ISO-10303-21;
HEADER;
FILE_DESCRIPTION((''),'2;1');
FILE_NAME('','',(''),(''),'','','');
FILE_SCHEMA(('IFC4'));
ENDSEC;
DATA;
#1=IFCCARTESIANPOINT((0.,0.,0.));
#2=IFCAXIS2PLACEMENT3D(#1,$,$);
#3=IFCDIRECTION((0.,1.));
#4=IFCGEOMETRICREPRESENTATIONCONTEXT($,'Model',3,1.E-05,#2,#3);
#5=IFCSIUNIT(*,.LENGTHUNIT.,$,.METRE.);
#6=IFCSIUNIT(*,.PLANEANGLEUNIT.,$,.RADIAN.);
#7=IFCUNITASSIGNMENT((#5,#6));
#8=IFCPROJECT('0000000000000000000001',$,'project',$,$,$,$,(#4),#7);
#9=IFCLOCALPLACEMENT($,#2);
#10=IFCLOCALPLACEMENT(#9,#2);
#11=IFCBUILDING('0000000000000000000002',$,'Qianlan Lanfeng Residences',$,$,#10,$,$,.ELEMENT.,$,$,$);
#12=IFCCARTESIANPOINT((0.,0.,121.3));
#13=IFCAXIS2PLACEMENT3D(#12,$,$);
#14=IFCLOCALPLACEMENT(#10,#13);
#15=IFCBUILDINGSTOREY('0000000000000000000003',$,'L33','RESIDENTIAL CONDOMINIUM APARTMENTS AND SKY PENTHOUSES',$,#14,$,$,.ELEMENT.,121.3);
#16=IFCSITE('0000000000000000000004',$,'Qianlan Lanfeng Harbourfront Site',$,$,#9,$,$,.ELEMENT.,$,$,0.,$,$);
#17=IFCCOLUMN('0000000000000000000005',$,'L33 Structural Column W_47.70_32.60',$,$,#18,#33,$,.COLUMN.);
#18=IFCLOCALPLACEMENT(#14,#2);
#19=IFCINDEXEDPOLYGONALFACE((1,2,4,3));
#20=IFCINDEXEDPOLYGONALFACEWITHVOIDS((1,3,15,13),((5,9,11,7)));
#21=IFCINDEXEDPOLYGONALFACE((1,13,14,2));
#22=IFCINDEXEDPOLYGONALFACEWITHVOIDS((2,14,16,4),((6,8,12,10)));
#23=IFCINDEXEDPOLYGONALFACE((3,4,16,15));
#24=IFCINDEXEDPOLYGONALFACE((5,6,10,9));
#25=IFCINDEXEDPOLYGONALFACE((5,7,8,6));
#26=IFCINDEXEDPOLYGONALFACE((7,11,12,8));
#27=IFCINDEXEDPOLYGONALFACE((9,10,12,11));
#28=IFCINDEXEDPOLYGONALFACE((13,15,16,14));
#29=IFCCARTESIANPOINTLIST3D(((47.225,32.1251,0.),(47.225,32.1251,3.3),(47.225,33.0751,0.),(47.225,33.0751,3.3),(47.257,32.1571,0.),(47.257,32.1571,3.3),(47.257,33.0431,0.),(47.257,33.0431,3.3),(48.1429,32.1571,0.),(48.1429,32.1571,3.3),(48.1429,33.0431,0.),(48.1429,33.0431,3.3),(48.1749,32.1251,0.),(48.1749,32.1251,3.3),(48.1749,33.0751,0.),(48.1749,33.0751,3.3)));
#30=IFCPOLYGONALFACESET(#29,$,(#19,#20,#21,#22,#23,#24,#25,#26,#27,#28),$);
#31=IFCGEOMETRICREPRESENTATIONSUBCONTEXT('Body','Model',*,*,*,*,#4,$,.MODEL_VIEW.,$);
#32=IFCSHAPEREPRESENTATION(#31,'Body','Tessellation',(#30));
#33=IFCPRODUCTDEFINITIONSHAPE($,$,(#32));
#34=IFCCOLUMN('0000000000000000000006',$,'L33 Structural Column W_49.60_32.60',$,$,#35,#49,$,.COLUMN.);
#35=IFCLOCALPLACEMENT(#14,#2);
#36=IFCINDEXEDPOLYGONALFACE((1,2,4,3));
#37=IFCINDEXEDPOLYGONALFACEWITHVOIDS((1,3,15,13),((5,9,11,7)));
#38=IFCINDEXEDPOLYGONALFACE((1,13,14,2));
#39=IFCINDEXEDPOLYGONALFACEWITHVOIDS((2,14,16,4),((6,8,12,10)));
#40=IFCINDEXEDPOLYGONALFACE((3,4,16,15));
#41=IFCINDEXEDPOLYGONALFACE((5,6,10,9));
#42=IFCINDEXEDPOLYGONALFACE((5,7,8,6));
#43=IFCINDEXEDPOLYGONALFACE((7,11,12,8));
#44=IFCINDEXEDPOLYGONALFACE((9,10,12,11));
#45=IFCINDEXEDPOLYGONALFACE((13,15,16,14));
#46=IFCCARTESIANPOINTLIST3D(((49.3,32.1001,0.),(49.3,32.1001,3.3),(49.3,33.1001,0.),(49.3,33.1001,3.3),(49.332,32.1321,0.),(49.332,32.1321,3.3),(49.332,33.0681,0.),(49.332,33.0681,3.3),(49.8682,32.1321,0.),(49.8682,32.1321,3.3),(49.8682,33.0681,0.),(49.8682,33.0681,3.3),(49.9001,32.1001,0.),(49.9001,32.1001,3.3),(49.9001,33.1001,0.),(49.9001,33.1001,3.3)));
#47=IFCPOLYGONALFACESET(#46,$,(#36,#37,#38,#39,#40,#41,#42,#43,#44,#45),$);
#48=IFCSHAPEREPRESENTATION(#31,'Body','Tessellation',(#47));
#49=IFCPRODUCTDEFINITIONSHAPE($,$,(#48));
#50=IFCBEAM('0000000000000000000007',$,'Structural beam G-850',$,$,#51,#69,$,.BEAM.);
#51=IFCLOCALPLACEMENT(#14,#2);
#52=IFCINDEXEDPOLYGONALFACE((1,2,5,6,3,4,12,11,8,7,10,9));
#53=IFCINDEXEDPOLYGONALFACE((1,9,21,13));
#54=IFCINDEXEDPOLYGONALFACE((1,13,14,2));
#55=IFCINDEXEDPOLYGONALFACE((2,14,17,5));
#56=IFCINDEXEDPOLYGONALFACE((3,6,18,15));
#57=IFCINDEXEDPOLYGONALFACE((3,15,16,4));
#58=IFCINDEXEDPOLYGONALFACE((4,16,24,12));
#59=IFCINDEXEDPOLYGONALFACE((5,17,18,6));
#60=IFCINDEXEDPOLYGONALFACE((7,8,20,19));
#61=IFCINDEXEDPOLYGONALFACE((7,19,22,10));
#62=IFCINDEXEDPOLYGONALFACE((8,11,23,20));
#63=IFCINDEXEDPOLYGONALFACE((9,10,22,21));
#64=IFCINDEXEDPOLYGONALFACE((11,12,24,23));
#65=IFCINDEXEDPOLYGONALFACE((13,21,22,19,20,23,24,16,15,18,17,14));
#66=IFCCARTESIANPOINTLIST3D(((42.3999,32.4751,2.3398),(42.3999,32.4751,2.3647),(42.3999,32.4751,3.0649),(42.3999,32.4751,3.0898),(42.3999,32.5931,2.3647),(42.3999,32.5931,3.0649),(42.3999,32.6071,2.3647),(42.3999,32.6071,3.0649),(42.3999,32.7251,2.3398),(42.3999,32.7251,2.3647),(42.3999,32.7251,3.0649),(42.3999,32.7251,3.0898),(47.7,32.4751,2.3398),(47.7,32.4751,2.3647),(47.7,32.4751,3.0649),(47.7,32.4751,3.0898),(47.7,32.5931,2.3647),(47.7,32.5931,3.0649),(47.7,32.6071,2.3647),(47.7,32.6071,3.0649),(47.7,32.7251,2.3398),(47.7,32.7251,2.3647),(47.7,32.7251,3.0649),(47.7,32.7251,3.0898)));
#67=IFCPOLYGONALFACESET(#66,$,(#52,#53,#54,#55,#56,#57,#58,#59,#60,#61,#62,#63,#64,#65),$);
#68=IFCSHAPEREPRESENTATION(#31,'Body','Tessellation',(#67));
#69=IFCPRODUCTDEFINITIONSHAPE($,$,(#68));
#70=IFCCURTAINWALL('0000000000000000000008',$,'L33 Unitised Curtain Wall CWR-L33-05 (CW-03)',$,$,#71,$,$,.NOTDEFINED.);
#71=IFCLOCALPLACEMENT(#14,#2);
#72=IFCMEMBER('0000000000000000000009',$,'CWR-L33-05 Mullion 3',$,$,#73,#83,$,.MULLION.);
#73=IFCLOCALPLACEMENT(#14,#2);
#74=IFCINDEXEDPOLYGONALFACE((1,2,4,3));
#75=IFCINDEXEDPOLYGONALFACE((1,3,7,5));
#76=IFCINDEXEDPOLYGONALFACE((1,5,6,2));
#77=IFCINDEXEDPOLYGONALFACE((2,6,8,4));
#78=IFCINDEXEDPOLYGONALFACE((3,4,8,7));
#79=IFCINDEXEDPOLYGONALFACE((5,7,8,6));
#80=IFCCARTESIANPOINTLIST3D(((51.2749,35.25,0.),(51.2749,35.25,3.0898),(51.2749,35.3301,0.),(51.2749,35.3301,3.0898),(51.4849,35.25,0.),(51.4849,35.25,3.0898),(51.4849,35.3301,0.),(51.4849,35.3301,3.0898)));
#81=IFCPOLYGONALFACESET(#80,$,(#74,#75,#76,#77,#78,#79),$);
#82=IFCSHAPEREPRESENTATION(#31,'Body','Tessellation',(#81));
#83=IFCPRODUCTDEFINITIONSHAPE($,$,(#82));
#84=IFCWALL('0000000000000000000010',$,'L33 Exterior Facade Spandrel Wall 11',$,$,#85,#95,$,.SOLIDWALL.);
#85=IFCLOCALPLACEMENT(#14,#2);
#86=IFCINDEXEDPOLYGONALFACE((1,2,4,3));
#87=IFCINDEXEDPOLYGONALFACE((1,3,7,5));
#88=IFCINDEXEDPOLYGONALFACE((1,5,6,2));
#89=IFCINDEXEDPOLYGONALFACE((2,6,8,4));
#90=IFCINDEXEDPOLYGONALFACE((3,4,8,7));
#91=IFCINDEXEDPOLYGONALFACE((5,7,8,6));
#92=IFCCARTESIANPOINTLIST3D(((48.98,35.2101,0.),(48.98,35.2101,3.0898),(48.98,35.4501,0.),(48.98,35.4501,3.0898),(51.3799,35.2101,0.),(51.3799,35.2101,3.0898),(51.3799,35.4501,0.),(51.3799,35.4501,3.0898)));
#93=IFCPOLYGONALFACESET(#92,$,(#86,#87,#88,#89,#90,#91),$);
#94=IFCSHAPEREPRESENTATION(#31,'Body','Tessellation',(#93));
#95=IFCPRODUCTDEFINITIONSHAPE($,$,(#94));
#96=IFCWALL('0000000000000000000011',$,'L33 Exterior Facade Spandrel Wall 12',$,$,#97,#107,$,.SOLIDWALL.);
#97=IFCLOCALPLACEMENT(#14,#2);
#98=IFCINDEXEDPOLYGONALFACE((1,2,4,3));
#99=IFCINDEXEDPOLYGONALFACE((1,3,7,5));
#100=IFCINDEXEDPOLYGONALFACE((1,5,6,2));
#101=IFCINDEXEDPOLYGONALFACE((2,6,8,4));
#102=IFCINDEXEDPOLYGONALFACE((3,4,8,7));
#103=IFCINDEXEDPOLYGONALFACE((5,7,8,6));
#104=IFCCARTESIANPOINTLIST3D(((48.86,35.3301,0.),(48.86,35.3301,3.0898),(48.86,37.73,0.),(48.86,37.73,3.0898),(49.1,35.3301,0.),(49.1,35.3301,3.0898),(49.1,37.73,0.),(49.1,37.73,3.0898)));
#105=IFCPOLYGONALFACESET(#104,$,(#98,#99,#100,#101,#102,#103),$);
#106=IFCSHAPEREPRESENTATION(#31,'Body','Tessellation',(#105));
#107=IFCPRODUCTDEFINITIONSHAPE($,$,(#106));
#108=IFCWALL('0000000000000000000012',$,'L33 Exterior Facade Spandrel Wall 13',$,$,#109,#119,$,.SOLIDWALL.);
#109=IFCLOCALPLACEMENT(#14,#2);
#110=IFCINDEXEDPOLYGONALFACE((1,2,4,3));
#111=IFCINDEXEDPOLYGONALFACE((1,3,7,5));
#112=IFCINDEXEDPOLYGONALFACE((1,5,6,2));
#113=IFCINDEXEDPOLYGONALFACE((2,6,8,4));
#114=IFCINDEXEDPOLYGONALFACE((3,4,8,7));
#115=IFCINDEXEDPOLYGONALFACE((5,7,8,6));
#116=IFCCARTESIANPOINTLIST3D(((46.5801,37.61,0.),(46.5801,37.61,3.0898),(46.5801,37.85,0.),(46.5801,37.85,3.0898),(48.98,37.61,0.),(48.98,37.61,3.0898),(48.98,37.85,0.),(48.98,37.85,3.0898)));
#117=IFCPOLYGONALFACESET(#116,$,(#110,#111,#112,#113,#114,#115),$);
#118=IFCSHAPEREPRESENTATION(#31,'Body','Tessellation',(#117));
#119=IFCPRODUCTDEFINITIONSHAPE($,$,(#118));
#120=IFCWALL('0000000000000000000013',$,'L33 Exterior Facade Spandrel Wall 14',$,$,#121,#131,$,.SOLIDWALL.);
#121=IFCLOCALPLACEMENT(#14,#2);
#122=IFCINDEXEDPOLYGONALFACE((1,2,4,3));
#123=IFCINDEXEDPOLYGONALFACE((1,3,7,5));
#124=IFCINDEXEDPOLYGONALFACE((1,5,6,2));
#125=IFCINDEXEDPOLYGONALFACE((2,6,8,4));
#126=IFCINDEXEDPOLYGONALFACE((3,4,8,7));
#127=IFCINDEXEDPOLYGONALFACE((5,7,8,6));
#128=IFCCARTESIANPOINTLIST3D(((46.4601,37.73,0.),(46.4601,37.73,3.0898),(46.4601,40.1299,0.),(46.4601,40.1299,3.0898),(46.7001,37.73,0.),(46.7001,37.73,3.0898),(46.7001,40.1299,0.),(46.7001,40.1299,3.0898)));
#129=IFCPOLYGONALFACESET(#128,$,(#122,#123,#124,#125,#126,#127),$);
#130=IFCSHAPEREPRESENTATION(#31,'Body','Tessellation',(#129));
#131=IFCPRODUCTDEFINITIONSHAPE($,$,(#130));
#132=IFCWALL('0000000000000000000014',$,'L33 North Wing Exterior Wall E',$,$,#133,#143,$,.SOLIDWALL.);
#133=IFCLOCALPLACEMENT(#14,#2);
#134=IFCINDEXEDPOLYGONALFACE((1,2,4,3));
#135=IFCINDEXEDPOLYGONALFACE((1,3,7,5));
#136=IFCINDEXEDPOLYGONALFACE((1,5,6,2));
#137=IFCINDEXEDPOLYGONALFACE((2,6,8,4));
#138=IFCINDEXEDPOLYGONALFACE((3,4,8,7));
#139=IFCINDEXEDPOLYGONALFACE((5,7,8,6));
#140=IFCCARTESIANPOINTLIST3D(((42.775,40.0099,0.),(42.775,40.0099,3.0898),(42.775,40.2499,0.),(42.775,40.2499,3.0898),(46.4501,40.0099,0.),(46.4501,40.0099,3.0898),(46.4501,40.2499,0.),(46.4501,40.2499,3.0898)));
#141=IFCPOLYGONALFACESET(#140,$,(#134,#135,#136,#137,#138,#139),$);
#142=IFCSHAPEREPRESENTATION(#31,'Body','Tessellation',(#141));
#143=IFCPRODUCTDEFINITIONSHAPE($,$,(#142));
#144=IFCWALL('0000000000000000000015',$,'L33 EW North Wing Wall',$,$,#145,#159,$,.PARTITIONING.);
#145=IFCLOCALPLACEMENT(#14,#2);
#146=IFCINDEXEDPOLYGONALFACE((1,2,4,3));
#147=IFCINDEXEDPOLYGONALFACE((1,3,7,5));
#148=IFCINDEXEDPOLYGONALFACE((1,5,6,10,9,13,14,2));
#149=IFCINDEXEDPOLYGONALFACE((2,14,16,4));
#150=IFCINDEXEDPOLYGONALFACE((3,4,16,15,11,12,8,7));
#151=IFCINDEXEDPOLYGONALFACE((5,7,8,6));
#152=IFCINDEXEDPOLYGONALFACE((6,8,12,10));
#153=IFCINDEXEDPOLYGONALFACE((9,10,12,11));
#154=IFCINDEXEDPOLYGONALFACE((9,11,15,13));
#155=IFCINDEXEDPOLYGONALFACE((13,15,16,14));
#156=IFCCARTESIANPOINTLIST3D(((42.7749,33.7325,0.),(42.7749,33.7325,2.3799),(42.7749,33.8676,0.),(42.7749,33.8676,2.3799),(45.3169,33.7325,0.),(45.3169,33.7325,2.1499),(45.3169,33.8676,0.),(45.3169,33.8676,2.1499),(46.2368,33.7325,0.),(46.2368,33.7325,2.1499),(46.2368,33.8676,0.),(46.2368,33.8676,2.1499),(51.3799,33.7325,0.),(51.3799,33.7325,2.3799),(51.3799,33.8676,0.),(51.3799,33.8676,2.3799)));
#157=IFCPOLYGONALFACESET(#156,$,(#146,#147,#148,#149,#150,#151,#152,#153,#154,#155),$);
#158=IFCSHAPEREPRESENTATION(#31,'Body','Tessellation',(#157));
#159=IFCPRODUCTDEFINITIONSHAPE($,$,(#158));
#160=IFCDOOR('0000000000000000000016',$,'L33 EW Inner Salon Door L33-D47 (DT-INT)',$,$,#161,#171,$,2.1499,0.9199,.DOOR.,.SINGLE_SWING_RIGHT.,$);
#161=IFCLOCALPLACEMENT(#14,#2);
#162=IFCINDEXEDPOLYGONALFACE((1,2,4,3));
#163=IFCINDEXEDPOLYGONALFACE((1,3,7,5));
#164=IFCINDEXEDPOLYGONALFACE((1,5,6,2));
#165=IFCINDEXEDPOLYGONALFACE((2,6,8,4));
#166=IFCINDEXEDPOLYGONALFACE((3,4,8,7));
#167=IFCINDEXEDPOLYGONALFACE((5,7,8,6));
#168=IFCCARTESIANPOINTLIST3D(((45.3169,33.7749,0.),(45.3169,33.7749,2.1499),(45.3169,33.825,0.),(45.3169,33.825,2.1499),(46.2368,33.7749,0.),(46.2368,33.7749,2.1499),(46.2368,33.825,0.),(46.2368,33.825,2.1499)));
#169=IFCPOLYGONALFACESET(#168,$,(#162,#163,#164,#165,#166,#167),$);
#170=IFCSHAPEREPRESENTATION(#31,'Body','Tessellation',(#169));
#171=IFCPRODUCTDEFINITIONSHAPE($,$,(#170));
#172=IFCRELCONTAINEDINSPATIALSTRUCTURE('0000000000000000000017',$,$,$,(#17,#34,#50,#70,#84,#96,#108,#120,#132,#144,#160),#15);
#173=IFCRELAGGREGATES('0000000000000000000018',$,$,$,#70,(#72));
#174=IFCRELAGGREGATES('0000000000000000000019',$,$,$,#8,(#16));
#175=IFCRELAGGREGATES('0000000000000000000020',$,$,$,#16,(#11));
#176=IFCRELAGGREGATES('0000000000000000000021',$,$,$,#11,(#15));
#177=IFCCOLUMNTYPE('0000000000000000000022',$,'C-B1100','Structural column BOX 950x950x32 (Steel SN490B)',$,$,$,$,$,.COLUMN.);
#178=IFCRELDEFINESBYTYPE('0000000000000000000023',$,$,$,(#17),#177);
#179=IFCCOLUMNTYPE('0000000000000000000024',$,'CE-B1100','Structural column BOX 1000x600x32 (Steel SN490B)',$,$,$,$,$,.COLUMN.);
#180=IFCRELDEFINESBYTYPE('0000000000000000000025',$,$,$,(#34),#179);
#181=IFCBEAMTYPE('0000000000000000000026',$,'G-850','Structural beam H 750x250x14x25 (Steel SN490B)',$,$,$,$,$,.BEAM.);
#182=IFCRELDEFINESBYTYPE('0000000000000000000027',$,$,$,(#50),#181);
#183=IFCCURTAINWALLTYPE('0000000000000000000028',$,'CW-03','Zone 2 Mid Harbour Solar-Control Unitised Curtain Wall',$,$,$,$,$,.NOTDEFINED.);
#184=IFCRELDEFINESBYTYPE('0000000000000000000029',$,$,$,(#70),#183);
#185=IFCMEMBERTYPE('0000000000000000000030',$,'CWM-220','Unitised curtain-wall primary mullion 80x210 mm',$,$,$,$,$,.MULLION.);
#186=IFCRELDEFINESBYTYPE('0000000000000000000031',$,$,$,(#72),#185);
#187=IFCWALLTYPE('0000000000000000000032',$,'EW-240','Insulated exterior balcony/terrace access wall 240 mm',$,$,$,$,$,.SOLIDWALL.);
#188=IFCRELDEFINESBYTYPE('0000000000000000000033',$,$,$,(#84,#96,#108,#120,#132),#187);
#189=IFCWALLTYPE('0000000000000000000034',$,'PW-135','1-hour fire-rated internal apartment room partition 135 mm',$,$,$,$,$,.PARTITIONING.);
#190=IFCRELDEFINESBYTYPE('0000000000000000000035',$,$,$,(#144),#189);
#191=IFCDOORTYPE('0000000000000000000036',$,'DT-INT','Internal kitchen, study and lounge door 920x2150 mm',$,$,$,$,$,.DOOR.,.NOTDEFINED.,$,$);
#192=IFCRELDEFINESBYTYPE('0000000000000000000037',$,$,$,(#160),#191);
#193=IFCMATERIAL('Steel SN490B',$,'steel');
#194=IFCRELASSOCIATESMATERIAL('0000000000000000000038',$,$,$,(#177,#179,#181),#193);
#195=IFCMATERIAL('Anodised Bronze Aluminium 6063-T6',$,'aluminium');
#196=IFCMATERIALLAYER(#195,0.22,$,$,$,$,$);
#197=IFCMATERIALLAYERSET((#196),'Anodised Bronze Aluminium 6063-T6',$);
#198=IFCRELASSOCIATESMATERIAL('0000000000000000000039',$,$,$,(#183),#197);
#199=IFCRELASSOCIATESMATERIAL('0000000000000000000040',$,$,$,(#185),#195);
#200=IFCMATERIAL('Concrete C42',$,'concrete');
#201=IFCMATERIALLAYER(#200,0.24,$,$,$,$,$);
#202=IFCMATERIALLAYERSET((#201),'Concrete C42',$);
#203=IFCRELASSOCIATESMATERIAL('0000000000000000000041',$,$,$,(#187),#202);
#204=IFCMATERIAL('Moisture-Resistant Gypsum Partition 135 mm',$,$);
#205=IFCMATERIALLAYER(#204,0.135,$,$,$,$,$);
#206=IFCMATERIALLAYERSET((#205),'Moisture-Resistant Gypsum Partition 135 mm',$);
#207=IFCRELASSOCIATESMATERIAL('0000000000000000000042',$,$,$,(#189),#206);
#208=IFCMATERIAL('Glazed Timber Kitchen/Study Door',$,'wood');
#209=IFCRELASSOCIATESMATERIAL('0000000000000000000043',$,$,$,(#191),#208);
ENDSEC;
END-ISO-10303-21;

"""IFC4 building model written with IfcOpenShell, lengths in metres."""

from ifc_helpers import new_model, si_unit, direction, frame, frame_2d, origin, origin_2d, place, context, subcontext, project, spatial, rectangle, hollow_rectangle, i_section, extrude, source, transform, mapped, material, layer, layer_set, material_profile, profile_set, type_object, element, fill, aggregate, save


model = new_model("IFC4")

# Units and contexts
model_context = context("Model", 3, precision=1e-05, world=origin(), true_north=direction((0.0, 1.0)))
body_context = subcontext(model_context, "Body", "Model", "MODEL_VIEW")
ifc_project = project(units=[si_unit("LENGTHUNIT", "METRE"), si_unit("PLANEANGLEUNIT", "RADIAN")], contexts=[model_context])

# Site, building, storey
site_placement = place(None, origin())
site = spatial("IfcSite", under=ifc_project, at=site_placement, Name="Qianlan Lanfeng Harbourfront Site", CompositionType="ELEMENT", RefElevation=0.0)
building_placement = place(site_placement, origin())
building = spatial("IfcBuilding", under=site, at=building_placement, Name="Qianlan Lanfeng Residences", CompositionType="ELEMENT")
storey_placement = place(building_placement, frame((0.0, 0.0, 121.3)))
storey = spatial("IfcBuildingStorey", under=building, at=storey_placement, Name="L33", Description="RESIDENTIAL CONDOMINIUM APARTMENTS AND SKY PENTHOUSES", CompositionType="ELEMENT", Elevation=121.3)

# Columns
ifc_material_1 = material(Name="Steel SN490B", Category="steel")
ifc_material_profile_1 = material_profile(ifc_material_1, hollow_rectangle(XDim=0.95, YDim=0.95, WallThickness=0.032, at=origin_2d()), Name="BOX 950x950x32")
ifc_profile_set_1 = profile_set([ifc_material_profile_1], Name="Steel SN490B")
column_type_1 = type_object("IfcColumnType", Name="C-B1100", Description="Structural column BOX 950x950x32 (Steel SN490B)", PredefinedType="COLUMN", material=ifc_profile_set_1)
column_1_placement = place(storey_placement, frame((47.7, 32.6001, 0.0), z_axis=(0.0, 0.0, 1.0), x_axis=(1.0, 0.0, 0.0)))
element("IfcColumn", 1, at=column_1_placement, inside=storey, type_object=column_type_1, Name="L33 Structural Column W_47.70_32.60", PredefinedType="COLUMN", context=body_context, shape_type="SweptSolid", body=[
    extrude(hollow_rectangle(XDim=0.95, YDim=0.95, WallThickness=0.032, at=origin_2d()), origin(), (0.0, 0.0, 1.0), 3.3),
])
ifc_material_profile_2 = material_profile(ifc_material_1, hollow_rectangle(XDim=0.6001, YDim=1.0, WallThickness=0.032, at=origin_2d()), Name="BOX 1000x600x32")
ifc_profile_set_2 = profile_set([ifc_material_profile_2], Name="Steel SN490B")
column_type_2 = type_object("IfcColumnType", Name="CE-B1100", Description="Structural column BOX 1000x600x32 (Steel SN490B)", PredefinedType="COLUMN", material=ifc_profile_set_2)
column_2_placement = place(storey_placement, frame((49.6001, 32.6001, 0.0), z_axis=(0.0, 0.0, 1.0), x_axis=(1.0, 0.0, 0.0)))
element("IfcColumn", 2, at=column_2_placement, inside=storey, type_object=column_type_2, Name="L33 Structural Column W_49.60_32.60", PredefinedType="COLUMN", context=body_context, shape_type="SweptSolid", body=[
    extrude(hollow_rectangle(XDim=0.6001, YDim=1.0, WallThickness=0.032, at=origin_2d()), origin(), (0.0, 0.0, 1.0), 3.3),
])

# Beam
ifc_material_profile_3 = material_profile(ifc_material_1, i_section(OverallWidth=0.25, OverallDepth=0.75, WebThickness=0.0139, FlangeThickness=0.0249, at=origin_2d()), Name="H 750x250x14x25")
ifc_profile_set_3 = profile_set([ifc_material_profile_3], Name="Steel SN490B")
beam_type = type_object("IfcBeamType", Name="G-850", Description="Structural beam H 750x250x14x25 (Steel SN490B)", PredefinedType="BEAM", material=ifc_profile_set_3)
beam_placement = place(storey_placement, frame((42.3999, 32.6001, 2.7148), z_axis=(1.0, 0.0, 0.0), x_axis=(0.0, 1.0, 0.0)))
element("IfcBeam", 3, at=beam_placement, inside=storey, type_object=beam_type, Name="Structural beam G-850", PredefinedType="BEAM", context=body_context, shape_type="SweptSolid", body=[
    extrude(i_section(OverallWidth=0.25, OverallDepth=0.75, WebThickness=0.0139, FlangeThickness=0.0249, at=origin_2d()), origin(), (0.0, 0.0, 1.0), 5.3),
])

# Curtain wall, member
ifc_material_2 = material(Name="Anodised Bronze Aluminium 6063-T6", Category="aluminium")
ifc_layer_1 = layer(ifc_material_2, 0.22)
ifc_layer_set_1 = layer_set([ifc_layer_1], Name="Anodised Bronze Aluminium 6063-T6")
curtain_wall_type = type_object("IfcCurtainWallType", Name="CW-03", Description="Zone 2 Mid Harbour Solar-Control Unitised Curtain Wall", PredefinedType="NOTDEFINED", material=ifc_layer_set_1)
curtain_wall_placement = place(storey_placement, origin())
curtain_wall = element("IfcCurtainWall", 4, at=curtain_wall_placement, inside=storey, type_object=curtain_wall_type, Name="L33 Unitised Curtain Wall CWR-L33-05 (CW-03)", PredefinedType="NOTDEFINED")
ifc_material_profile_4 = material_profile(ifc_material_2, rectangle(XDim=0.0801, YDim=0.21, at=origin_2d()), Name="ALU MULLION 80x210")
ifc_profile_set_4 = profile_set([ifc_material_profile_4], Name="Anodised Bronze Aluminium 6063-T6")
member_type = type_object("IfcMemberType", Name="CWM-220", Description="Unitised curtain-wall primary mullion 80x210 mm", PredefinedType="MULLION", material=ifc_profile_set_4)
shared_shape_1 = source(origin(), body_context, "Body", "SweptSolid", [
    extrude(rectangle(XDim=0.0801, YDim=0.21, at=origin_2d()), origin(), (0.0, 0.0, 1.0), 3.0898),
])
member_placement = place(storey_placement, frame((51.3799, 35.29, 0.0), z_axis=(0.0, 0.0, 1.0), x_axis=(0.0, 1.0, 0.0)))
member = element("IfcMember", 5, at=member_placement, type_object=member_type, Name="CWR-L33-05 Mullion 3", PredefinedType="MULLION", context=body_context, shape_type="MappedRepresentation", body=[
    mapped(shared_shape_1, transform((0.0, 0.0, 0.0), scale=1.0)),
])
aggregate(curtain_wall, [member])

# Walls
ifc_material_3 = material(Name="Concrete C42", Category="concrete")
ifc_layer_2 = layer(ifc_material_3, 0.24)
ifc_layer_set_2 = layer_set([ifc_layer_2], Name="Concrete C42")
wall_type_1 = type_object("IfcWallType", Name="EW-240", Description="Insulated exterior balcony/terrace access wall 240 mm", PredefinedType="SOLIDWALL", material=ifc_layer_set_2)
for number, where, z_axis, x_axis, name in (
    (6, (51.3799, 35.3301, 0.0), (0.0, 0.0, 1.0), (-1.0, 0.0, 0.0), "L33 Exterior Facade Spandrel Wall 11"),
    (7, (48.98, 35.3301, 0.0), (0.0, 0.0, 1.0), (0.0, 1.0, 0.0), "L33 Exterior Facade Spandrel Wall 12"),
    (8, (48.98, 37.73, 0.0), (0.0, 0.0, 1.0), (-1.0, 0.0, 0.0), "L33 Exterior Facade Spandrel Wall 13"),
    (9, (46.5801, 37.73, 0.0), (0.0, 0.0, 1.0), (0.0, 1.0, 0.0), "L33 Exterior Facade Spandrel Wall 14"),
):
    element("IfcWall", number, at=place(storey_placement, frame(where, z_axis=z_axis, x_axis=x_axis)), inside=storey, type_object=wall_type_1, Name=name, PredefinedType="SOLIDWALL", context=body_context, shape_type="SweptSolid", body=[
        extrude(rectangle(XDim=2.3999, YDim=0.24, at=frame_2d((1.2, 0.0))), origin(), (0.0, 0.0, 1.0), 3.0898),
    ])
wall_1_placement = place(storey_placement, frame((46.45, 40.1299, 0.0), z_axis=(0.0, 0.0, 1.0), x_axis=(-1.0, 0.0, 0.0)))
element("IfcWall", 10, at=wall_1_placement, inside=storey, type_object=wall_type_1, Name="L33 North Wing Exterior Wall E", PredefinedType="SOLIDWALL", context=body_context, shape_type="SweptSolid", body=[
    extrude(rectangle(XDim=3.675, YDim=0.24, at=frame_2d((1.8374, 0.0))), origin(), (0.0, 0.0, 1.0), 3.0898),
])

# Wall, opening, door
ifc_material_4 = material(Name="Moisture-Resistant Gypsum Partition 135 mm")
ifc_layer_3 = layer(ifc_material_4, 0.135)
ifc_layer_set_3 = layer_set([ifc_layer_3], Name="Moisture-Resistant Gypsum Partition 135 mm")
wall_type_2 = type_object("IfcWallType", Name="PW-135", Description="1-hour fire-rated internal apartment room partition 135 mm", PredefinedType="PARTITIONING", material=ifc_layer_set_3)
wall_2_placement = place(storey_placement, frame((42.7749, 33.8, 0.0), z_axis=(0.0, 0.0, 1.0), x_axis=(1.0, 0.0, 0.0)))
wall_2 = element("IfcWall", 11, at=wall_2_placement, inside=storey, type_object=wall_type_2, Name="L33 EW North Wing Wall", PredefinedType="PARTITIONING", context=body_context, shape_type="SweptSolid", body=[
    extrude(rectangle(XDim=8.605, YDim=0.135, at=frame_2d((4.3025, 0.0))), origin(), (0.0, 0.0, 1.0), 2.3799),
])
opening_placement = place(wall_2_placement, frame((2.542, 0.0, 0.0)))
opening = element("IfcOpeningElement", 12, at=opening_placement, cuts=wall_2, PredefinedType="OPENING", context=body_context, shape_type="SweptSolid", body=[
    extrude(rectangle(XDim=0.9199, YDim=2.1499, at=frame_2d((0.46, 1.075))), frame((0.0, 0.0776, 0.0), z_axis=(0.0, -1.0, 0.0), x_axis=(1.0, 0.0, 0.0)), (0.0, 0.0, 1.0), 0.155),
])
ifc_material_5 = material(Name="Glazed Timber Kitchen/Study Door", Category="wood")
door_type = type_object("IfcDoorType", Name="DT-INT", Description="Internal kitchen, study and lounge door 920x2150 mm", OperationType="NOTDEFINED", PredefinedType="DOOR", material=ifc_material_5)
door_placement = place(opening_placement, origin())
door = element("IfcDoor", 13, at=door_placement, inside=storey, type_object=door_type, Name="L33 EW Inner Salon Door L33-D47 (DT-INT)", OperationType="SINGLE_SWING_RIGHT", OverallHeight=2.1499, OverallWidth=0.9199, PredefinedType="DOOR", context=body_context, shape_type="SweptSolid", body=[
    extrude(rectangle(XDim=0.9199, YDim=2.1499, at=frame_2d((0.46, 1.075))), frame((0.0, 0.0249, 0.0), z_axis=(0.0, -1.0, 0.0), x_axis=(1.0, 0.0, 0.0)), (0.0, 0.0, 1.0), 0.05),
])
fill(opening, door)

save(model, "model.ifc")
